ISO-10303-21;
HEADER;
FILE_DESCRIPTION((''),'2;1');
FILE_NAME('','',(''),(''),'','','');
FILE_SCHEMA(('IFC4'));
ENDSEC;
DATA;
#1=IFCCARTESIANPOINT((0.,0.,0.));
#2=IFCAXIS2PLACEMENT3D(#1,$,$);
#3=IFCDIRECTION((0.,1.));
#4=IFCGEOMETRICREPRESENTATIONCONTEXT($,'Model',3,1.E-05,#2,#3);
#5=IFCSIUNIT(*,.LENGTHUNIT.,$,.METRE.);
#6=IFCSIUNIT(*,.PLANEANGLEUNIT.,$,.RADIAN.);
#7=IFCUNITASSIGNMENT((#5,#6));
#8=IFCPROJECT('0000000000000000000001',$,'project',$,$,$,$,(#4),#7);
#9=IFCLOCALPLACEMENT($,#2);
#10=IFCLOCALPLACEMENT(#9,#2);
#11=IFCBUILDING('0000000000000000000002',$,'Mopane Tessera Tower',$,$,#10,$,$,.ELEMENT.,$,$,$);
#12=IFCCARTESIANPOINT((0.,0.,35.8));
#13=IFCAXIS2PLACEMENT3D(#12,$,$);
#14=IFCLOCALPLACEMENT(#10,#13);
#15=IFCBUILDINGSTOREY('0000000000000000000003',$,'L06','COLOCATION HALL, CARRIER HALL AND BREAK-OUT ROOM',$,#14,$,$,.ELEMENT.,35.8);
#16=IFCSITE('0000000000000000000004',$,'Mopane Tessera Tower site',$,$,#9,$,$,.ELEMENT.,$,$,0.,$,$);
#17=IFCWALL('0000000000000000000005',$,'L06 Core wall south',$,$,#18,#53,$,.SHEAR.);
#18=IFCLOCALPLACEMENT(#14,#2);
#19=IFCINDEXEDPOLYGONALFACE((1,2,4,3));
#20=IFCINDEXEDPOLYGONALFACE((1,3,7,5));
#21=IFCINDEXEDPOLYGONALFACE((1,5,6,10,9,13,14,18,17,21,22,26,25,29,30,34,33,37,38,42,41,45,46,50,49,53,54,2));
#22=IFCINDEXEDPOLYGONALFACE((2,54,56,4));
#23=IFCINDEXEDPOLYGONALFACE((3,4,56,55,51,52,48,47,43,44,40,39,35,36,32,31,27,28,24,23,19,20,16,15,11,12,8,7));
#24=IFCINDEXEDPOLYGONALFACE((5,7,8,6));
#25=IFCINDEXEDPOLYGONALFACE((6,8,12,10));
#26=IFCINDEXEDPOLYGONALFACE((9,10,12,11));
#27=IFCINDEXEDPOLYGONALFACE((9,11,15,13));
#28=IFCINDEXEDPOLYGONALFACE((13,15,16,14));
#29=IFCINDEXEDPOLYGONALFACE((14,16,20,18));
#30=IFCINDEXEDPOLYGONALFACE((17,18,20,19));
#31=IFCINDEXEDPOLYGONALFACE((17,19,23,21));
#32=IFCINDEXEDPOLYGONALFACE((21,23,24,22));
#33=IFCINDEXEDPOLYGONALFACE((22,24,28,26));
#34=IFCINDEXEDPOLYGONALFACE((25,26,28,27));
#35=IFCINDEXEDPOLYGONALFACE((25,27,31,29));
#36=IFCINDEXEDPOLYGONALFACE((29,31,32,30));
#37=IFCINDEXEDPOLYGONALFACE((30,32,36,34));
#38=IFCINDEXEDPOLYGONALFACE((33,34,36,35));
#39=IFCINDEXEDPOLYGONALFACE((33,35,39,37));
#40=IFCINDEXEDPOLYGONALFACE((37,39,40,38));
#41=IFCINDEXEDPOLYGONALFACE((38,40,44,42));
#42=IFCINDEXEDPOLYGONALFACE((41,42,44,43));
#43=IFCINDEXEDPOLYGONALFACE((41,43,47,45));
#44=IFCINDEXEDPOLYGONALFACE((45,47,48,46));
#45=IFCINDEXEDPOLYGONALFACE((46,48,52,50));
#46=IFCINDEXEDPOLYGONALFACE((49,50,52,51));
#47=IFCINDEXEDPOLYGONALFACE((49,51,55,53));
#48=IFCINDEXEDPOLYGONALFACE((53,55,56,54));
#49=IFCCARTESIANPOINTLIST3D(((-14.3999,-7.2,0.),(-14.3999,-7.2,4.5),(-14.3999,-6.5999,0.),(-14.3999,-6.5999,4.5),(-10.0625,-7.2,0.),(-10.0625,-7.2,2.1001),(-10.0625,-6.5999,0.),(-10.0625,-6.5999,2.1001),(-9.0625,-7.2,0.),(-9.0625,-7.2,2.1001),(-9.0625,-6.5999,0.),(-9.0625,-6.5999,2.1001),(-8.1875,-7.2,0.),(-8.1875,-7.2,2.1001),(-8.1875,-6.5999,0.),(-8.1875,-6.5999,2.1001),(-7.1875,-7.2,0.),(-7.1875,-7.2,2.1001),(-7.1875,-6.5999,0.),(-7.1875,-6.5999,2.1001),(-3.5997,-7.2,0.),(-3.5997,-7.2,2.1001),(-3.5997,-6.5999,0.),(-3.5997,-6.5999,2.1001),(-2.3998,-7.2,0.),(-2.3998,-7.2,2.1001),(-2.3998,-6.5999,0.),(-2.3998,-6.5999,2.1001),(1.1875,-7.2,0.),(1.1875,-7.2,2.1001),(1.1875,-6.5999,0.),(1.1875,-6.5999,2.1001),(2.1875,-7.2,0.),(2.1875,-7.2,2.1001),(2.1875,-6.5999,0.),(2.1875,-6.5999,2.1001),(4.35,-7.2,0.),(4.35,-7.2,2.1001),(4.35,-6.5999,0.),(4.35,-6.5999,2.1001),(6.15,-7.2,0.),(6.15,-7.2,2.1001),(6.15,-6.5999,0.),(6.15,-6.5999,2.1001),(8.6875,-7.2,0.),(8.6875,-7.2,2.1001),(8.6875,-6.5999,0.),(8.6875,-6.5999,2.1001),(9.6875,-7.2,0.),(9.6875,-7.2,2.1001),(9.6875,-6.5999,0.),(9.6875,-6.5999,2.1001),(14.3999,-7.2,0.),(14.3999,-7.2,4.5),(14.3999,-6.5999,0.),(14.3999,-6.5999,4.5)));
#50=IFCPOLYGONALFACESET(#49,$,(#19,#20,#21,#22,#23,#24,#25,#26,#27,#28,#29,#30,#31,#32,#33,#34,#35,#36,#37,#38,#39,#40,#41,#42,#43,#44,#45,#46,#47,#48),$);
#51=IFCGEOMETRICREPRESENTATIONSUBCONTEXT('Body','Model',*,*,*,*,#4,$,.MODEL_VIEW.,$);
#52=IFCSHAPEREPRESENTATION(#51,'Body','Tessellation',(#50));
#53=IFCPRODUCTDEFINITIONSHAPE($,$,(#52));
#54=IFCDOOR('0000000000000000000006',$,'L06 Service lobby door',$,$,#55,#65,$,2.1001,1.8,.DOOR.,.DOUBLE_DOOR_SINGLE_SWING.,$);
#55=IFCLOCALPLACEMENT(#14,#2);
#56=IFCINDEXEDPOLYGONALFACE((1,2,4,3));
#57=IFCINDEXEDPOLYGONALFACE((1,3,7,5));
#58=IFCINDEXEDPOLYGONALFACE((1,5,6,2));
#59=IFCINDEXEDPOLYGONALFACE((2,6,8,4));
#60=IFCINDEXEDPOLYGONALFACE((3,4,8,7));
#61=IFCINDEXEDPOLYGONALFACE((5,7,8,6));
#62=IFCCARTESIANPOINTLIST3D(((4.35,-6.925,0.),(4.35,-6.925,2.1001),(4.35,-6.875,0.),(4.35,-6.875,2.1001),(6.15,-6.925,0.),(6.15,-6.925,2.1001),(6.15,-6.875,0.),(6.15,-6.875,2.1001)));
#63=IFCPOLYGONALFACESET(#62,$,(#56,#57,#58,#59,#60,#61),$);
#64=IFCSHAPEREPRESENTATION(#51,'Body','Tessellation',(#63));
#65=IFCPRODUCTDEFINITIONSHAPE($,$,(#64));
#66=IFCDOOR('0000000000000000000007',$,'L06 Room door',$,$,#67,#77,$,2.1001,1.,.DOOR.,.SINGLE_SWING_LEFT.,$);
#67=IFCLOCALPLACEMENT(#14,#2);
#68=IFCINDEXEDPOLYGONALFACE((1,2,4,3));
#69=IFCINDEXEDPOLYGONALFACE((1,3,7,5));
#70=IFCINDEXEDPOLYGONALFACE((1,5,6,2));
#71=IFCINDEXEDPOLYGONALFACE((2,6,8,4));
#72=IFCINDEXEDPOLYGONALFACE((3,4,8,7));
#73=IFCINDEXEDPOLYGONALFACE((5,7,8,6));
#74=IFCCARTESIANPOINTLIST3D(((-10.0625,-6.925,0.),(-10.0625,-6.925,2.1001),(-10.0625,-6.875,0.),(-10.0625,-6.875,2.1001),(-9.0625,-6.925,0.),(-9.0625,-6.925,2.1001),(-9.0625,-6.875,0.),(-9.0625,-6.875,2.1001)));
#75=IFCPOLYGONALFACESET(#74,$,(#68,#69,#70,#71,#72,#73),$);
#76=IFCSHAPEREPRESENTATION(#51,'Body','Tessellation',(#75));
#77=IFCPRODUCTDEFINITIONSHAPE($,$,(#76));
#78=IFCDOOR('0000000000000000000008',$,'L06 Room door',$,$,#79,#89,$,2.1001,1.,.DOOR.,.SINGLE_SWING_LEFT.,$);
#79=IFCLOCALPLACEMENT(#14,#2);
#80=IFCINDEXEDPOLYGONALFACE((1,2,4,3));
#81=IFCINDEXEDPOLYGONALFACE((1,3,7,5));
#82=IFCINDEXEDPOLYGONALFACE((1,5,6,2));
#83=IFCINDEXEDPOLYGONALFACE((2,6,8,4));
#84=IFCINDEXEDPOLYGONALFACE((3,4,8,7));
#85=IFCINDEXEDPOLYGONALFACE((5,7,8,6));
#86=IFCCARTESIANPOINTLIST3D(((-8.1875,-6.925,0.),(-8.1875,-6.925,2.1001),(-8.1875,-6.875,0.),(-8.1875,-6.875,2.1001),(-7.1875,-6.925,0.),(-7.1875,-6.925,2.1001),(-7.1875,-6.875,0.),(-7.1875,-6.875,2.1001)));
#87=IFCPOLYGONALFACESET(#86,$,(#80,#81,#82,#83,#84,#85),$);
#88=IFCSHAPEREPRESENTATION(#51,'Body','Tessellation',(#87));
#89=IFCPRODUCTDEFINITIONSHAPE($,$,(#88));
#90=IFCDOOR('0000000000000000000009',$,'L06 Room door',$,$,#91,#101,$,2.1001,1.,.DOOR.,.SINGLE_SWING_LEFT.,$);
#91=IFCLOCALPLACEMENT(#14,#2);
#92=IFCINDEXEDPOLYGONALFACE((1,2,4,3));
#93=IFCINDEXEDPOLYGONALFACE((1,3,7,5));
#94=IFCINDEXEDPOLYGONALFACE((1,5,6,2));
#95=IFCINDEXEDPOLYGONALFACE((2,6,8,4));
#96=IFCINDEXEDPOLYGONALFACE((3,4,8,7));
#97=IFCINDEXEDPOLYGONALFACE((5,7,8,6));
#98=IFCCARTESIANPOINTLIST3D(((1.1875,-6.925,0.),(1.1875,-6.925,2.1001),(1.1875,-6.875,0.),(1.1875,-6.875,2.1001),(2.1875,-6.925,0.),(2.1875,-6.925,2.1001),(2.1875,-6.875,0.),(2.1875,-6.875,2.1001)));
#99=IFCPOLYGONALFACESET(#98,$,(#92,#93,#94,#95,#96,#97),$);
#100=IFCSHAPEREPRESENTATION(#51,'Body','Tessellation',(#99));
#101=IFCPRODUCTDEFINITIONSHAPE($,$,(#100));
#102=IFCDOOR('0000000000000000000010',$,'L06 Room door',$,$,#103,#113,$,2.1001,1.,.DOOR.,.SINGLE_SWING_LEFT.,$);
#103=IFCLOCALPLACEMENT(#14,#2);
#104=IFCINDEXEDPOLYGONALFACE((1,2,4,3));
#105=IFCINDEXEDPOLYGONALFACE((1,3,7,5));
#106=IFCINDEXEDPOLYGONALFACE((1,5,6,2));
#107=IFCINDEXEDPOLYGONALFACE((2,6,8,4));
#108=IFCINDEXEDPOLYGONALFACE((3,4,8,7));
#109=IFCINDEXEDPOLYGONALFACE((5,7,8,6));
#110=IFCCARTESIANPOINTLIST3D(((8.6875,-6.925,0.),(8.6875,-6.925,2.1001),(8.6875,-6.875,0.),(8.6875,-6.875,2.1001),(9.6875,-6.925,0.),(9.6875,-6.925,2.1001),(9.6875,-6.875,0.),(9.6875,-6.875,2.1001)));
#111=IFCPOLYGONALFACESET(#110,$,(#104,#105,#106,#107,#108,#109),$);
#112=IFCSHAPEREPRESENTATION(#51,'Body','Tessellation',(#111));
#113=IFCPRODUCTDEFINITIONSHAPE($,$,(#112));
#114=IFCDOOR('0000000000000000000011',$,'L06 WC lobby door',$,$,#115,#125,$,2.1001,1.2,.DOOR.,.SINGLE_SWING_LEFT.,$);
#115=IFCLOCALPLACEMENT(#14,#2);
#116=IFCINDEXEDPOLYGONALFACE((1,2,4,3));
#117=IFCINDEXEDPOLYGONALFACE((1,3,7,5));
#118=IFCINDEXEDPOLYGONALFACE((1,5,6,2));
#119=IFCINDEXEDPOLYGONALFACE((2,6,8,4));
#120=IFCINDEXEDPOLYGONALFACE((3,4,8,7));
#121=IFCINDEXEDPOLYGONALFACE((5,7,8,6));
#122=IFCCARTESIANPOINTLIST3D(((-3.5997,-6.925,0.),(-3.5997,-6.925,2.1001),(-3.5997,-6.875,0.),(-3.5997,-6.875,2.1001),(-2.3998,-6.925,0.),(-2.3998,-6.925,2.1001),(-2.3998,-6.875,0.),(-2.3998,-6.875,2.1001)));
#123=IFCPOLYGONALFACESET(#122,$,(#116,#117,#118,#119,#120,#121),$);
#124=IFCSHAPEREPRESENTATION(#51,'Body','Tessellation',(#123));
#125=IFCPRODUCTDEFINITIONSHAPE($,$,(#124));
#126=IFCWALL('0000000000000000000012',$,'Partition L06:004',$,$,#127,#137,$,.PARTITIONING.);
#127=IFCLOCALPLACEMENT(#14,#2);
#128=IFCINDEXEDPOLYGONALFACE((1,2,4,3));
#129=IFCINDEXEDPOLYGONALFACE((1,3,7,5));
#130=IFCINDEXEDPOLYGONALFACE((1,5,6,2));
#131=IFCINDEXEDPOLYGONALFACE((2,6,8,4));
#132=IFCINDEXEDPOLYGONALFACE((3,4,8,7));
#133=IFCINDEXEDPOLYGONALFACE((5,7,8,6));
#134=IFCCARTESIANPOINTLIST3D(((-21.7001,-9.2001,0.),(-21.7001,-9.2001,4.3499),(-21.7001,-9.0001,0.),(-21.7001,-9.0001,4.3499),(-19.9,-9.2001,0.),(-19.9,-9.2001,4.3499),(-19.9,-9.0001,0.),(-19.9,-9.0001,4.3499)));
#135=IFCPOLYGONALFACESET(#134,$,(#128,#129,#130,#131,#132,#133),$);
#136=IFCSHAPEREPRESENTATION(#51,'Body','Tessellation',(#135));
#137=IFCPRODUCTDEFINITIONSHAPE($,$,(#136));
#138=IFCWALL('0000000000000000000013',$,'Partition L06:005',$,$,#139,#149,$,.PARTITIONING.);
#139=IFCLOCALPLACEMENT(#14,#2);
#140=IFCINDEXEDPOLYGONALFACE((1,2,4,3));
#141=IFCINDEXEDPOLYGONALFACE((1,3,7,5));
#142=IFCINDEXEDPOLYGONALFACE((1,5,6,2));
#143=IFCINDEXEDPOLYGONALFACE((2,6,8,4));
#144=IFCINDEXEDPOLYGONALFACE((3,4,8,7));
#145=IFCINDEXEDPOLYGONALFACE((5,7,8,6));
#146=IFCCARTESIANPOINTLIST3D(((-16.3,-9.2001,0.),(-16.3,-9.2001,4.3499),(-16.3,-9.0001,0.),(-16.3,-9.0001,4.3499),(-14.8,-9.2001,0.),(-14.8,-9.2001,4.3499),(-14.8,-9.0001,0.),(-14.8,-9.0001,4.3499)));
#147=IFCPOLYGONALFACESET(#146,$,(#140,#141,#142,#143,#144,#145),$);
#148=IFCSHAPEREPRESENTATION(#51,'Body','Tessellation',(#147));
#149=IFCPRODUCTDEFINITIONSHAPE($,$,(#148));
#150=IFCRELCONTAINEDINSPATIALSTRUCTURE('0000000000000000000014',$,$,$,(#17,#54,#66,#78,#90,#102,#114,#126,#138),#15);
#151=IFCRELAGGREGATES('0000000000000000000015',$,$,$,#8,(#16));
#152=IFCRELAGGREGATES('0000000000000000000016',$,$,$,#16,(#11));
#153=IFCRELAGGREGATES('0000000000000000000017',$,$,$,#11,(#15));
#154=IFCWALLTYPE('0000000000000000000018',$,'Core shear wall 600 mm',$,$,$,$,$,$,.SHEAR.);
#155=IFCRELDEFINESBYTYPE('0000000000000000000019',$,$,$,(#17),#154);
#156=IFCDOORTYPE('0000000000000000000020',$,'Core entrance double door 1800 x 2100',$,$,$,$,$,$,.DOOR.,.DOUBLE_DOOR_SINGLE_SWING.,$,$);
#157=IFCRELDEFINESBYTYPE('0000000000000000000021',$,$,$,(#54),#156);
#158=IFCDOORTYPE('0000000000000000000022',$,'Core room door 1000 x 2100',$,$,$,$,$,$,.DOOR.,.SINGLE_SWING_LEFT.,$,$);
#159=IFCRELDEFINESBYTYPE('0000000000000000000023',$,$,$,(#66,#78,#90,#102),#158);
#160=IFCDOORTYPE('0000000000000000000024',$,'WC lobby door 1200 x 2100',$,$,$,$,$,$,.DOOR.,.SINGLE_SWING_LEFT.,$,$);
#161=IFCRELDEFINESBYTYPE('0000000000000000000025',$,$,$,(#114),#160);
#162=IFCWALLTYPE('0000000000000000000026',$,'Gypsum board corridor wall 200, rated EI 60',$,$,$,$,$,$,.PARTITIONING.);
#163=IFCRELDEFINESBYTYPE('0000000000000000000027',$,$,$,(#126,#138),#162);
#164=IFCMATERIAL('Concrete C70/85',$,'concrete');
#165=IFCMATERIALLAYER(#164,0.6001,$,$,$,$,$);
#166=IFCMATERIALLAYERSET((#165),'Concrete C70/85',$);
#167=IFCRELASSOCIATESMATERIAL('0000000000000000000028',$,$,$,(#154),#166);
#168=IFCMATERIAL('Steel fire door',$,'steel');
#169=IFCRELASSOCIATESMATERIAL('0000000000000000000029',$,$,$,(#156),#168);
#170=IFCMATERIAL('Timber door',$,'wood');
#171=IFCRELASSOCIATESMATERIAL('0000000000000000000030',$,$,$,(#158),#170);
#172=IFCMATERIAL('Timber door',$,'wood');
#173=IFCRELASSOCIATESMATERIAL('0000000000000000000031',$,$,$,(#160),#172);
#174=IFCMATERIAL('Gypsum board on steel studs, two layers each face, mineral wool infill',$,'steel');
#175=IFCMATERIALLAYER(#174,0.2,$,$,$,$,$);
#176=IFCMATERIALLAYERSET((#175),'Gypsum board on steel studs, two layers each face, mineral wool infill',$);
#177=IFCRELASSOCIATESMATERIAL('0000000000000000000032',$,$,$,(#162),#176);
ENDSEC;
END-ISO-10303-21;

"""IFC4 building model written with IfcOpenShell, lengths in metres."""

from ifc_helpers import new_model, si_unit, direction, frame, frame_2d, origin, place, context, subcontext, project, spatial, rectangle, extrude, material, layer, layer_set, type_object, element, fill, save


model = new_model("IFC4")

# Units and contexts
model_context = context("Model", 3, precision=1e-05, world=origin(), true_north=direction((0.0, 1.0)))
body_context = subcontext(model_context, "Body", "Model", "MODEL_VIEW")
ifc_project = project(units=[si_unit("LENGTHUNIT", "METRE"), si_unit("PLANEANGLEUNIT", "RADIAN")], contexts=[model_context])

# Site, building, storey
site_placement = place(None, origin())
site = spatial("IfcSite", under=ifc_project, at=site_placement, Name="Mopane Tessera Tower site", CompositionType="ELEMENT", RefElevation=0.0)
building_placement = place(site_placement, origin())
building = spatial("IfcBuilding", under=site, at=building_placement, Name="Mopane Tessera Tower", CompositionType="ELEMENT")
storey_placement = place(building_placement, frame((0.0, 0.0, 35.8)))
storey = spatial("IfcBuildingStorey", under=building, at=storey_placement, Name="L06", Description="COLOCATION HALL, CARRIER HALL AND BREAK-OUT ROOM", CompositionType="ELEMENT", Elevation=35.8)

# Wall, openings, doors
ifc_material_1 = material(Name="Concrete C70/85", Category="concrete")
ifc_layer_1 = layer(ifc_material_1, 0.6001)
ifc_layer_set_1 = layer_set([ifc_layer_1], Name="Concrete C70/85")
wall_type_1 = type_object("IfcWallType", Name="Core shear wall 600 mm", PredefinedType="SHEAR", material=ifc_layer_set_1)
wall_1_placement = place(storey_placement, frame((-14.3999, -6.8999, 0.0), z_axis=(0.0, 0.0, 1.0), x_axis=(1.0, 0.0, 0.0)))
wall_1 = element("IfcWall", 1, at=wall_1_placement, inside=storey, type_object=wall_type_1, Name="L06 Core wall south", PredefinedType="SHEAR", context=body_context, shape_type="SweptSolid", body=[
    extrude(rectangle(XDim=28.7998, YDim=0.6001, at=frame_2d((14.3999, 0.0))), origin(), (0.0, 0.0, 1.0), 4.5),
])
opening_1_placement = place(wall_1_placement, frame((4.3374, 0.0, 0.0)))
opening_1 = element("IfcOpeningElement", 2, at=opening_1_placement, cuts=wall_1, PredefinedType="OPENING", context=body_context, shape_type="SweptSolid", body=[
    extrude(rectangle(XDim=1.0, YDim=2.1001, at=frame_2d((0.5, 1.05))), frame((0.0, 0.312, 0.0), z_axis=(0.0, -1.0, 0.0), x_axis=(1.0, 0.0, 0.0)), (0.0, 0.0, 1.0), 0.624),
])
opening_2_placement = place(wall_1_placement, frame((6.2124, 0.0, 0.0)))
opening_2 = element("IfcOpeningElement", 3, at=opening_2_placement, cuts=wall_1, PredefinedType="OPENING", context=body_context, shape_type="SweptSolid", body=[
    extrude(rectangle(XDim=1.0, YDim=2.1001, at=frame_2d((0.5, 1.05))), frame((0.0, 0.312, 0.0), z_axis=(0.0, -1.0, 0.0), x_axis=(1.0, 0.0, 0.0)), (0.0, 0.0, 1.0), 0.624),
])
opening_3_placement = place(wall_1_placement, frame((10.8, 0.0, 0.0)))
opening_3 = element("IfcOpeningElement", 4, at=opening_3_placement, cuts=wall_1, PredefinedType="OPENING", context=body_context, shape_type="SweptSolid", body=[
    extrude(rectangle(XDim=1.2, YDim=2.1001, at=frame_2d((0.6001, 1.05))), frame((0.0, 0.312, 0.0), z_axis=(0.0, -1.0, 0.0), x_axis=(1.0, 0.0, 0.0)), (0.0, 0.0, 1.0), 0.624),
])
opening_4_placement = place(wall_1_placement, frame((15.5874, 0.0, 0.0)))
opening_4 = element("IfcOpeningElement", 5, at=opening_4_placement, cuts=wall_1, PredefinedType="OPENING", context=body_context, shape_type="SweptSolid", body=[
    extrude(rectangle(XDim=1.0, YDim=2.1001, at=frame_2d((0.5, 1.05))), frame((0.0, 0.312, 0.0), z_axis=(0.0, -1.0, 0.0), x_axis=(1.0, 0.0, 0.0)), (0.0, 0.0, 1.0), 0.624),
])
opening_5_placement = place(wall_1_placement, frame((18.75, 0.0, 0.0)))
opening_5 = element("IfcOpeningElement", 6, at=opening_5_placement, cuts=wall_1, PredefinedType="OPENING", context=body_context, shape_type="SweptSolid", body=[
    extrude(rectangle(XDim=1.8, YDim=2.1001, at=frame_2d((0.8999, 1.05))), frame((0.0, 0.312, 0.0), z_axis=(0.0, -1.0, 0.0), x_axis=(1.0, 0.0, 0.0)), (0.0, 0.0, 1.0), 0.624),
])
opening_6_placement = place(wall_1_placement, frame((23.0874, 0.0, 0.0)))
opening_6 = element("IfcOpeningElement", 7, at=opening_6_placement, cuts=wall_1, PredefinedType="OPENING", context=body_context, shape_type="SweptSolid", body=[
    extrude(rectangle(XDim=1.0, YDim=2.1001, at=frame_2d((0.5, 1.05))), frame((0.0, 0.312, 0.0), z_axis=(0.0, -1.0, 0.0), x_axis=(1.0, 0.0, 0.0)), (0.0, 0.0, 1.0), 0.624),
])
ifc_material_2 = material(Name="Steel fire door", Category="steel")
door_type_1 = type_object("IfcDoorType", Name="Core entrance double door 1800 x 2100", OperationType="DOUBLE_DOOR_SINGLE_SWING", PredefinedType="DOOR", material=ifc_material_2)
door_1_placement = place(opening_5_placement, origin())
door_1 = element("IfcDoor", 8, at=door_1_placement, inside=storey, type_object=door_type_1, Name="L06 Service lobby door", OperationType="DOUBLE_DOOR_SINGLE_SWING", OverallHeight=2.1001, OverallWidth=1.8, PredefinedType="DOOR", context=body_context, shape_type="SweptSolid", body=[
    extrude(rectangle(XDim=1.8, YDim=2.1001, at=frame_2d((0.8999, 1.05))), frame((0.0, 0.0249, 0.0), z_axis=(0.0, -1.0, 0.0), x_axis=(1.0, 0.0, 0.0)), (0.0, 0.0, 1.0), 0.05),
])
fill(opening_5, door_1)
ifc_material_3 = material(Name="Timber door", Category="wood")
door_type_2 = type_object("IfcDoorType", Name="Core room door 1000 x 2100", OperationType="SINGLE_SWING_LEFT", PredefinedType="DOOR", material=ifc_material_3)
door_2_placement = place(opening_1_placement, origin())
door_2 = element("IfcDoor", 9, at=door_2_placement, inside=storey, type_object=door_type_2, Name="L06 Room door", OperationType="SINGLE_SWING_LEFT", OverallHeight=2.1001, OverallWidth=1.0, PredefinedType="DOOR", context=body_context, shape_type="SweptSolid", body=[
    extrude(rectangle(XDim=1.0, YDim=2.1001, at=frame_2d((0.5, 1.05))), frame((0.0, 0.0249, 0.0), z_axis=(0.0, -1.0, 0.0), x_axis=(1.0, 0.0, 0.0)), (0.0, 0.0, 1.0), 0.05),
])
fill(opening_1, door_2)
door_3_placement = place(opening_2_placement, origin())
door_3 = element("IfcDoor", 10, at=door_3_placement, inside=storey, type_object=door_type_2, Name="L06 Room door", OperationType="SINGLE_SWING_LEFT", OverallHeight=2.1001, OverallWidth=1.0, PredefinedType="DOOR", context=body_context, shape_type="SweptSolid", body=[
    extrude(rectangle(XDim=1.0, YDim=2.1001, at=frame_2d((0.5, 1.05))), frame((0.0, 0.0249, 0.0), z_axis=(0.0, -1.0, 0.0), x_axis=(1.0, 0.0, 0.0)), (0.0, 0.0, 1.0), 0.05),
])
fill(opening_2, door_3)
door_4_placement = place(opening_4_placement, origin())
door_4 = element("IfcDoor", 11, at=door_4_placement, inside=storey, type_object=door_type_2, Name="L06 Room door", OperationType="SINGLE_SWING_LEFT", OverallHeight=2.1001, OverallWidth=1.0, PredefinedType="DOOR", context=body_context, shape_type="SweptSolid", body=[
    extrude(rectangle(XDim=1.0, YDim=2.1001, at=frame_2d((0.5, 1.05))), frame((0.0, 0.0249, 0.0), z_axis=(0.0, -1.0, 0.0), x_axis=(1.0, 0.0, 0.0)), (0.0, 0.0, 1.0), 0.05),
])
fill(opening_4, door_4)
door_5_placement = place(opening_6_placement, origin())
door_5 = element("IfcDoor", 12, at=door_5_placement, inside=storey, type_object=door_type_2, Name="L06 Room door", OperationType="SINGLE_SWING_LEFT", OverallHeight=2.1001, OverallWidth=1.0, PredefinedType="DOOR", context=body_context, shape_type="SweptSolid", body=[
    extrude(rectangle(XDim=1.0, YDim=2.1001, at=frame_2d((0.5, 1.05))), frame((0.0, 0.0249, 0.0), z_axis=(0.0, -1.0, 0.0), x_axis=(1.0, 0.0, 0.0)), (0.0, 0.0, 1.0), 0.05),
])
fill(opening_6, door_5)
ifc_material_4 = material(Name="Timber door", Category="wood")
door_type_3 = type_object("IfcDoorType", Name="WC lobby door 1200 x 2100", OperationType="SINGLE_SWING_LEFT", PredefinedType="DOOR", material=ifc_material_4)
door_6_placement = place(opening_3_placement, origin())
door_6 = element("IfcDoor", 13, at=door_6_placement, inside=storey, type_object=door_type_3, Name="L06 WC lobby door", OperationType="SINGLE_SWING_LEFT", OverallHeight=2.1001, OverallWidth=1.2, PredefinedType="DOOR", context=body_context, shape_type="SweptSolid", body=[
    extrude(rectangle(XDim=1.2, YDim=2.1001, at=frame_2d((0.6001, 1.05))), frame((0.0, 0.0249, 0.0), z_axis=(0.0, -1.0, 0.0), x_axis=(1.0, 0.0, 0.0)), (0.0, 0.0, 1.0), 0.05),
])
fill(opening_3, door_6)

# Walls
ifc_material_5 = material(Name="Gypsum board on steel studs, two layers each face, mineral wool infill", Category="steel")
ifc_layer_2 = layer(ifc_material_5, 0.2)
ifc_layer_set_2 = layer_set([ifc_layer_2], Name="Gypsum board on steel studs, two layers each face, mineral wool infill")
wall_type_2 = type_object("IfcWallType", Name="Gypsum board corridor wall 200, rated EI 60", PredefinedType="PARTITIONING", material=ifc_layer_set_2)
wall_2_placement = place(storey_placement, frame((-21.7, -9.1001, 0.0), z_axis=(0.0, 0.0, 1.0), x_axis=(1.0, 0.0, 0.0)))
element("IfcWall", 14, at=wall_2_placement, inside=storey, type_object=wall_type_2, Name="Partition L06:004", PredefinedType="PARTITIONING", context=body_context, shape_type="SweptSolid", body=[
    extrude(rectangle(XDim=1.8, YDim=0.2, at=frame_2d((0.8999, 0.0))), origin(), (0.0, 0.0, 1.0), 4.3499),
])
wall_3_placement = place(storey_placement, frame((-16.3, -9.1001, 0.0), z_axis=(0.0, 0.0, 1.0), x_axis=(1.0, 0.0, 0.0)))
element("IfcWall", 15, at=wall_3_placement, inside=storey, type_object=wall_type_2, Name="Partition L06:005", PredefinedType="PARTITIONING", context=body_context, shape_type="SweptSolid", body=[
    extrude(rectangle(XDim=1.5, YDim=0.2, at=frame_2d((0.75, 0.0))), origin(), (0.0, 0.0, 1.0), 4.3499),
])

save(model, "model.ifc")
